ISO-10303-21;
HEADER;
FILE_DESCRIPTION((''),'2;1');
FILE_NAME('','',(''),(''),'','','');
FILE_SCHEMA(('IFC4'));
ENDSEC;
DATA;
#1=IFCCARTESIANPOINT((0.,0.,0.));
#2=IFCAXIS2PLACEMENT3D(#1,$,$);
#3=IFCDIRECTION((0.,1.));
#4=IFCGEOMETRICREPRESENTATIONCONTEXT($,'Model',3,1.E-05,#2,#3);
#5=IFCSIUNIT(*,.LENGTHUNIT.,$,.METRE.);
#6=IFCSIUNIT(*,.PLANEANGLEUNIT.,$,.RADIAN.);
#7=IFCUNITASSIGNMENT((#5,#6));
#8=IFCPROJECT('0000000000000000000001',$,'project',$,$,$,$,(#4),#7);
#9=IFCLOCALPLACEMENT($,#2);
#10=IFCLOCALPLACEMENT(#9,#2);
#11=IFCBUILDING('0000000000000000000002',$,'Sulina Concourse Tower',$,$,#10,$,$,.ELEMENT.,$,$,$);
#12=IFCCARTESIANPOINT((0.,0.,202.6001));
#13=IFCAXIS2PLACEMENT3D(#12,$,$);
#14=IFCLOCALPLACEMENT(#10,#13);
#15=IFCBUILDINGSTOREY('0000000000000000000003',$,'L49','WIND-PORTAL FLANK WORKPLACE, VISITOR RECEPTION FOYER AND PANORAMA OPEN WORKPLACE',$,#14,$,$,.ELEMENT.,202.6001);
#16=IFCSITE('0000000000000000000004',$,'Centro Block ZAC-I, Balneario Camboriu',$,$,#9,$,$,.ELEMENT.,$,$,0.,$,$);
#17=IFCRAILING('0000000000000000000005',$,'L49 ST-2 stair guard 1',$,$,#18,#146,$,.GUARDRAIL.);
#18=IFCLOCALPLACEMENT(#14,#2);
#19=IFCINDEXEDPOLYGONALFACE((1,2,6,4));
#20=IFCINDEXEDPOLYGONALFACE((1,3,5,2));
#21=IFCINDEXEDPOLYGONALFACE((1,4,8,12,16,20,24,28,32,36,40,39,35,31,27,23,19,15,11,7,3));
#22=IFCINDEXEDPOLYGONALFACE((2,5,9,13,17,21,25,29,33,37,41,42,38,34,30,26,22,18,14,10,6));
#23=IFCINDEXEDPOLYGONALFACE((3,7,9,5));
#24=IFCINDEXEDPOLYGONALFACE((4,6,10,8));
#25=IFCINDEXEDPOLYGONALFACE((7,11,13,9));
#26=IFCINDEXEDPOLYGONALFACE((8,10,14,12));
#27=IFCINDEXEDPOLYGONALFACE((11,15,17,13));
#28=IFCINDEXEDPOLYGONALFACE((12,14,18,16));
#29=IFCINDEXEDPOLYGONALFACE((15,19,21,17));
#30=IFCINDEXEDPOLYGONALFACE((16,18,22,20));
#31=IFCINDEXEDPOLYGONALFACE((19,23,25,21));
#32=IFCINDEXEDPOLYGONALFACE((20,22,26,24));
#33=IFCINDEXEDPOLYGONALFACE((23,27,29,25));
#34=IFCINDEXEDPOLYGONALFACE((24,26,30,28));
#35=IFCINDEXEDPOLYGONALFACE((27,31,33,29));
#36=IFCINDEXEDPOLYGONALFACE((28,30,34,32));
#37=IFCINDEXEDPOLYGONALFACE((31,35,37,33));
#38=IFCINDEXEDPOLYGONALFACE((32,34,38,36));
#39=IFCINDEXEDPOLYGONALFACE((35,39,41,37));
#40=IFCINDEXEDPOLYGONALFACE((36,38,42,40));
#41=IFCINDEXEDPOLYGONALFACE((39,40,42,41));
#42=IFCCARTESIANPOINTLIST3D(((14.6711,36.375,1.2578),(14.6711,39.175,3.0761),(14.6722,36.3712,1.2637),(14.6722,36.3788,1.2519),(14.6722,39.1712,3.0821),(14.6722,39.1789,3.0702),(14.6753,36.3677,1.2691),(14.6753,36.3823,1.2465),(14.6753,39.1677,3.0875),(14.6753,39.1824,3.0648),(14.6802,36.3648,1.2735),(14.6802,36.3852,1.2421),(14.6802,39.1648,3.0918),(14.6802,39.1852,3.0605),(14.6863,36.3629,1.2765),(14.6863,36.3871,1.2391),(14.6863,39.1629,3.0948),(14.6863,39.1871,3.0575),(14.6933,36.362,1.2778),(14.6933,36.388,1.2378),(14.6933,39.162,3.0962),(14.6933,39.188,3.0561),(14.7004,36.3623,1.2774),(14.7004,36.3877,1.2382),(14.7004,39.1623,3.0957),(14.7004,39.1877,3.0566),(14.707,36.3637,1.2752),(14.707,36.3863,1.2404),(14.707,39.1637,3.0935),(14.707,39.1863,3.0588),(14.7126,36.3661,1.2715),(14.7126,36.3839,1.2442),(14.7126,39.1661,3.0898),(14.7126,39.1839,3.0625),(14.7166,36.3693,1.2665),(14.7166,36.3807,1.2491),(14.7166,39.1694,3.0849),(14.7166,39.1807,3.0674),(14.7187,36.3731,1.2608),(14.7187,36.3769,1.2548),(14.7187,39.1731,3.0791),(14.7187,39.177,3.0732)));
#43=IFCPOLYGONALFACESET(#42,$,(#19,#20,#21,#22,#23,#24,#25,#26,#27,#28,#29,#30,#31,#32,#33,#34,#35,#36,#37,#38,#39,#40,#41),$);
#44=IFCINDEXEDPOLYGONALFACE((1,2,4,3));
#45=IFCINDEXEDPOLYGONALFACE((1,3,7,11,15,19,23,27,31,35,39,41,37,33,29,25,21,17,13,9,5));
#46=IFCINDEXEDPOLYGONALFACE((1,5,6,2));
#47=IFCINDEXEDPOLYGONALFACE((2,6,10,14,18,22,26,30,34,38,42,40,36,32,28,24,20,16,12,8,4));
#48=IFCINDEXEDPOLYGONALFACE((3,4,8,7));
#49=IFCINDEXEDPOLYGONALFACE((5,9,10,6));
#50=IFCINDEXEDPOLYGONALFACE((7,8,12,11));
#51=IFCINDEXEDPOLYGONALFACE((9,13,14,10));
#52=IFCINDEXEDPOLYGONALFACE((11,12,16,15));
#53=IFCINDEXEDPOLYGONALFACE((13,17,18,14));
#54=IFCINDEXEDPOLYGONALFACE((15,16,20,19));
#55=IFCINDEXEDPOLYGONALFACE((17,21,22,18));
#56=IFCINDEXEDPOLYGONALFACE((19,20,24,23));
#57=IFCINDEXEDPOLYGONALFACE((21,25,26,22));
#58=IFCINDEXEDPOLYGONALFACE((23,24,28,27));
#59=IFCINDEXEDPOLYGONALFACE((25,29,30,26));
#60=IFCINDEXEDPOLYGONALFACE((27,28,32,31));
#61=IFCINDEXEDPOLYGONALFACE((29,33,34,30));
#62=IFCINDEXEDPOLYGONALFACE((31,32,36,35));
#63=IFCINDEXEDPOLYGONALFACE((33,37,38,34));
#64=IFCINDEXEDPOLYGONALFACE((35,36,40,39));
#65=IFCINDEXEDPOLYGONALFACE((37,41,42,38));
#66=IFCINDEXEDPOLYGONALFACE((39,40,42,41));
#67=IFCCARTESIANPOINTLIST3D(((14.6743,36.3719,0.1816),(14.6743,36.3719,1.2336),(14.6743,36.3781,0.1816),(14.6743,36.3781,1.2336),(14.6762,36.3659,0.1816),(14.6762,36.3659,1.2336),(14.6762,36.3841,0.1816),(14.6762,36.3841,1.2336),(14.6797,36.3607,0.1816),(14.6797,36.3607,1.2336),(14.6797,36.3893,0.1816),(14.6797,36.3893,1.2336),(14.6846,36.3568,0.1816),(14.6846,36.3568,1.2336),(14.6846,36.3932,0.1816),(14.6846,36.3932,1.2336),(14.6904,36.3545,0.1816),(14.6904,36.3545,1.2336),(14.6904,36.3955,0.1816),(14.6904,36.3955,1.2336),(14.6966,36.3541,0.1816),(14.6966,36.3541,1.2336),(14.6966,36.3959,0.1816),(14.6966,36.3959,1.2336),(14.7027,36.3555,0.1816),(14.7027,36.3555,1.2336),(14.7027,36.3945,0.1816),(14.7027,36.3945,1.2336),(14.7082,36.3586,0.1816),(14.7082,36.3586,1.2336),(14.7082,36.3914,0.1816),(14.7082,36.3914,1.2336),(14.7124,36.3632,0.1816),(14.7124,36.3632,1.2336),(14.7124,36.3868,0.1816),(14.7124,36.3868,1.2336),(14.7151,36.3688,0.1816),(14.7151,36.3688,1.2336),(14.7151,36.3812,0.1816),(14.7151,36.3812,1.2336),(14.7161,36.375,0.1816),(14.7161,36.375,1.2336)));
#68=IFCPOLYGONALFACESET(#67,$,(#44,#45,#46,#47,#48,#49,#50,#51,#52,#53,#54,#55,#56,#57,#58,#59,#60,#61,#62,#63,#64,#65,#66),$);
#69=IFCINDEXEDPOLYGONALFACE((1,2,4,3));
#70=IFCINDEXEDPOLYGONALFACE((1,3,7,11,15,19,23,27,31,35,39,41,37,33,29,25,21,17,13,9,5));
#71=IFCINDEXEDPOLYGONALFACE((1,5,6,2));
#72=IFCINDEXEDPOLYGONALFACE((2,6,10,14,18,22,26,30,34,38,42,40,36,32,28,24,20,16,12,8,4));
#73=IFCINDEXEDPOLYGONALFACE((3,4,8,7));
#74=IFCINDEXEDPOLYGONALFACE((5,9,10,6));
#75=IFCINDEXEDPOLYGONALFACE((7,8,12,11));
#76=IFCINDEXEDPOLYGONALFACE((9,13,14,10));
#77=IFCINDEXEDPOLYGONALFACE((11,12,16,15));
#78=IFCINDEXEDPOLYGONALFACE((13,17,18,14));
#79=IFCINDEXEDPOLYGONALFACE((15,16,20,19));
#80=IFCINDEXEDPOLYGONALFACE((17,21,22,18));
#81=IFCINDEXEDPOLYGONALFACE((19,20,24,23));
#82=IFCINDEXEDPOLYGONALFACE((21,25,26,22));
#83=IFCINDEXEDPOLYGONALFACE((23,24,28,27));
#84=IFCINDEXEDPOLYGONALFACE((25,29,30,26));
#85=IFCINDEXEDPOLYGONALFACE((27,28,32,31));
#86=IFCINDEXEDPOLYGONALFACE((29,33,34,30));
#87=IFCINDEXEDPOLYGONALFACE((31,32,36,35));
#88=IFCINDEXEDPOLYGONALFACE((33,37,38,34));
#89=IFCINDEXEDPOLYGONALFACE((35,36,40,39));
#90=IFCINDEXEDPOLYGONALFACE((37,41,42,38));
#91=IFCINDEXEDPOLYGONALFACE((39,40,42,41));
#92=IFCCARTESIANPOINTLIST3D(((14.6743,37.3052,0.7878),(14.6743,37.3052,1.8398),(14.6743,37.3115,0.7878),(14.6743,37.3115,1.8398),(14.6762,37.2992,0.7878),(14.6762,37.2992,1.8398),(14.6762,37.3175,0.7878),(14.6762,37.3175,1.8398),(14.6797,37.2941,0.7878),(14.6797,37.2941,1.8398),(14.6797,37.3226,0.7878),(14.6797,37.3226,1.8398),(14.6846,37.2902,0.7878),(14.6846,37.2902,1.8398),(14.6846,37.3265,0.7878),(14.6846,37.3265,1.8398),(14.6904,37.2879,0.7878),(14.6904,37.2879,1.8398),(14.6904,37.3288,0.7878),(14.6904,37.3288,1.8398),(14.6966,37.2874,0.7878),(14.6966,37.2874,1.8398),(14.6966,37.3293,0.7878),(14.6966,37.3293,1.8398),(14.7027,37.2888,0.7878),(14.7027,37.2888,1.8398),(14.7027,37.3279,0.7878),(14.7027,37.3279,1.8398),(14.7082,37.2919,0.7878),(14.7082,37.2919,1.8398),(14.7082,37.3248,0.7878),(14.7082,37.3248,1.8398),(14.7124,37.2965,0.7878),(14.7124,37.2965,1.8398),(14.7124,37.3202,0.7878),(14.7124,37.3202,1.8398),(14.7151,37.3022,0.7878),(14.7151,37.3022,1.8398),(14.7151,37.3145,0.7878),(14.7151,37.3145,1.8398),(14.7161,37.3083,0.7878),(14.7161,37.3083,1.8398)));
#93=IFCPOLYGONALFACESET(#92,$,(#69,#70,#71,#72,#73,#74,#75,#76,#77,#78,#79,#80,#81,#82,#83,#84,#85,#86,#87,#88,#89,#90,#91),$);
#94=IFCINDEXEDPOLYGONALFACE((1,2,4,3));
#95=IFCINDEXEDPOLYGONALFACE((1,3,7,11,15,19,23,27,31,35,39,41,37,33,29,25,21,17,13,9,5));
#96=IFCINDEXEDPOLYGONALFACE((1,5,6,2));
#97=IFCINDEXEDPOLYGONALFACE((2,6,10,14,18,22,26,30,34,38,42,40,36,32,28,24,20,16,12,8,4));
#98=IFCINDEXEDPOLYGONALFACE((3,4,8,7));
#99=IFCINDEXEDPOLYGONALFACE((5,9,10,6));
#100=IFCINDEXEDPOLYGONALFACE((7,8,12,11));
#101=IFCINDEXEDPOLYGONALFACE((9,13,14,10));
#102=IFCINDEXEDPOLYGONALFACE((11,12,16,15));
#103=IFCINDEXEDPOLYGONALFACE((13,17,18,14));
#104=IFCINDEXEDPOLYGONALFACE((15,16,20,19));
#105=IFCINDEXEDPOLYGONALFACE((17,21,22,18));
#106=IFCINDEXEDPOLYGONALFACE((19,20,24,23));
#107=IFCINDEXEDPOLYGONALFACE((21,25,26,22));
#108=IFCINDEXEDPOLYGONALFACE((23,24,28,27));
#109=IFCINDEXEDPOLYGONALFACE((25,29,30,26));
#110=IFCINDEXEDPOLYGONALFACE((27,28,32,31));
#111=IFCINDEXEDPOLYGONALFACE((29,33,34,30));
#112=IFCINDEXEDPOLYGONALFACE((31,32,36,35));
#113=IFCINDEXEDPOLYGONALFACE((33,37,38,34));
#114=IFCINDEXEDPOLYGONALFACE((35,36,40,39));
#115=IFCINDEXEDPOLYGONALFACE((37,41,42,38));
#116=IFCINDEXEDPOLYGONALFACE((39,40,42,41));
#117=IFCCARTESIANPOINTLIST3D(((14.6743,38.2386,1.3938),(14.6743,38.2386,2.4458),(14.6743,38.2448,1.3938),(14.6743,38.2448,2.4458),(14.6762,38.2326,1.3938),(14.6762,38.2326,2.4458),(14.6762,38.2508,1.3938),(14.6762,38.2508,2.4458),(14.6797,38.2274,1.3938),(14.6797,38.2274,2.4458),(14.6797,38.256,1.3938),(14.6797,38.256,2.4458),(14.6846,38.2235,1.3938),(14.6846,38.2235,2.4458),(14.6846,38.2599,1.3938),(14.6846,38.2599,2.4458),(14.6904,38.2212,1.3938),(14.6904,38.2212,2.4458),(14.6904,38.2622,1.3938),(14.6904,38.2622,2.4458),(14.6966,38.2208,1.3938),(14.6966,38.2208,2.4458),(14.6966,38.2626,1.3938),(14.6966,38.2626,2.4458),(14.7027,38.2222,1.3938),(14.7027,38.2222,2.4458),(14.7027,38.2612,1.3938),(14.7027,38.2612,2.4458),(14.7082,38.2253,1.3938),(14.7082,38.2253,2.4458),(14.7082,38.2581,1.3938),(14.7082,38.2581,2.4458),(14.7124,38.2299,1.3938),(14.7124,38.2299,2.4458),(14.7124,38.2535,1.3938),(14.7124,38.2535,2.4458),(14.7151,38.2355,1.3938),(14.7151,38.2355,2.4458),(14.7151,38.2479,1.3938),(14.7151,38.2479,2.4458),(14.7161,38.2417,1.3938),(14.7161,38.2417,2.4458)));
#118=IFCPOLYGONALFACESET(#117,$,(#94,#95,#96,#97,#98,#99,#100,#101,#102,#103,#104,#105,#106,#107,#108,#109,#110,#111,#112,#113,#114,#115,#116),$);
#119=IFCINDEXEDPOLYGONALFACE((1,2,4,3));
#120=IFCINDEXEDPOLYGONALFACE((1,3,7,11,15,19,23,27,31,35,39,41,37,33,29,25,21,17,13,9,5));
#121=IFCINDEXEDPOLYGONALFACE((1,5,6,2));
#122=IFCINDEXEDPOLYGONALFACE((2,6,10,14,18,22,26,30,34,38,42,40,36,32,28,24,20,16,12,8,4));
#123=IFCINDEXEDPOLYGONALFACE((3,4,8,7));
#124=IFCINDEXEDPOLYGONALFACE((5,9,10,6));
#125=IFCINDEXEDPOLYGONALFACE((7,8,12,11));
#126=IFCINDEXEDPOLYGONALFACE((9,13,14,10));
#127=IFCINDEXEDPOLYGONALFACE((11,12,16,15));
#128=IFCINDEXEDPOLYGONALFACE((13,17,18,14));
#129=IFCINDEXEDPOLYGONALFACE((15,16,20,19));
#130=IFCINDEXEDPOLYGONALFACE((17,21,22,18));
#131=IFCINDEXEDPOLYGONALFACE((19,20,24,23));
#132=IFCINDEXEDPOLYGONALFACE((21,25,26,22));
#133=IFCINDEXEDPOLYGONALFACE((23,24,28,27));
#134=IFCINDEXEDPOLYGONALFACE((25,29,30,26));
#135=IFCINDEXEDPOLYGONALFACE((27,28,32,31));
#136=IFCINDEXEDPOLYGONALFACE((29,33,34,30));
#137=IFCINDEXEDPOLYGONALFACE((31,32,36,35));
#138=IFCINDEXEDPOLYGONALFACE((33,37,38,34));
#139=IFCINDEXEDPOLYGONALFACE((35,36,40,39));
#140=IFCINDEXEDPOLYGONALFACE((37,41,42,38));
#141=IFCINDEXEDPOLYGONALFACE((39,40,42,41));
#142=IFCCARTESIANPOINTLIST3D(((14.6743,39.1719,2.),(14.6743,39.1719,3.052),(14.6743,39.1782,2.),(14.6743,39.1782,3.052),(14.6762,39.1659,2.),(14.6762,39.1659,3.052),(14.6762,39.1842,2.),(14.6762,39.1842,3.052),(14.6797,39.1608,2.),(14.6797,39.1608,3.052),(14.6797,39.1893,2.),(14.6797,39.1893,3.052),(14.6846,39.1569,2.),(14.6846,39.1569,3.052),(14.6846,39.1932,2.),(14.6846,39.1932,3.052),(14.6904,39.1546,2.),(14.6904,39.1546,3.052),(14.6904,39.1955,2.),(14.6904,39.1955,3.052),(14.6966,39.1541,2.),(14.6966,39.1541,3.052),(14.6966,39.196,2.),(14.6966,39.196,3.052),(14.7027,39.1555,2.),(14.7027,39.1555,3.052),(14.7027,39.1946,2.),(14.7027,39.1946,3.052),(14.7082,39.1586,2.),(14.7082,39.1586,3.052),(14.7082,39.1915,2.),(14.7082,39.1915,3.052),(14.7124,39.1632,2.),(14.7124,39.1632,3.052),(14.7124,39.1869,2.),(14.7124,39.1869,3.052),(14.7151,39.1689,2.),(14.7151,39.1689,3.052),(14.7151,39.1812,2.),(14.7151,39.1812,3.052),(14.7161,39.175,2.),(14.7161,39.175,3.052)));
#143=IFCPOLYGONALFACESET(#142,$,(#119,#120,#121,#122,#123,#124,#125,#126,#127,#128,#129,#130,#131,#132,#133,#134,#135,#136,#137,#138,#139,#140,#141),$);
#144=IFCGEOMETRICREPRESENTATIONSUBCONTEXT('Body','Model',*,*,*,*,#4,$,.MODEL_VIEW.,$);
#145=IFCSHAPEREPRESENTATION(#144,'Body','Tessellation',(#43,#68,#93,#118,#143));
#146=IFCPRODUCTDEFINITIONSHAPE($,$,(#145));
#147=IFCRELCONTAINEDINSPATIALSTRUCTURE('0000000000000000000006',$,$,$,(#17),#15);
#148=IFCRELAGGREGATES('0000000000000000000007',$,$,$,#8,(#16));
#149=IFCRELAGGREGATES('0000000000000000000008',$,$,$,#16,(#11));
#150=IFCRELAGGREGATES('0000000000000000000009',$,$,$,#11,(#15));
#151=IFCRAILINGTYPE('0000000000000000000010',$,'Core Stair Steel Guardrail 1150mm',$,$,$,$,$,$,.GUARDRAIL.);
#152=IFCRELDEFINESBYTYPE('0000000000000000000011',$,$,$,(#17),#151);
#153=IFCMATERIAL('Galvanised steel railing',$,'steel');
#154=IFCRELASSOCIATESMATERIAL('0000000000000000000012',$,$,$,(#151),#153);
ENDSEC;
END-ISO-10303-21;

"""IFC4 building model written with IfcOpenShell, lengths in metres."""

from ifc_helpers import new_model, si_unit, direction, frame, origin, origin_2d, place, context, subcontext, project, spatial, circle, extrude, material, type_object, element, save


model = new_model("IFC4")

# Units and contexts
model_context = context("Model", 3, precision=1e-05, world=origin(), true_north=direction((0.0, 1.0)))
body_context = subcontext(model_context, "Body", "Model", "MODEL_VIEW")
ifc_project = project(units=[si_unit("LENGTHUNIT", "METRE"), si_unit("PLANEANGLEUNIT", "RADIAN")], contexts=[model_context])

# Site, building, storey
site_placement = place(None, origin())
site = spatial("IfcSite", under=ifc_project, at=site_placement, Name="Centro Block ZAC-I, Balneario Camboriu", CompositionType="ELEMENT", RefElevation=0.0)
building_placement = place(site_placement, origin())
building = spatial("IfcBuilding", under=site, at=building_placement, Name="Sulina Concourse Tower", CompositionType="ELEMENT")
storey_placement = place(building_placement, frame((0.0, 0.0, 202.6001)))
storey = spatial("IfcBuildingStorey", under=building, at=storey_placement, Name="L49", Description="WIND-PORTAL FLANK WORKPLACE, VISITOR RECEPTION FOYER AND PANORAMA OPEN WORKPLACE", CompositionType="ELEMENT", Elevation=202.6001)

# Railing
ifc_material_1 = material(Name="Galvanised steel railing", Category="steel")
railing_type_1 = type_object("IfcRailingType", Name="Core Stair Steel Guardrail 1150mm", PredefinedType="GUARDRAIL", material=ifc_material_1)
railing_1_placement = place(storey_placement, frame((14.6951, 36.375, 0.1816)))
element("IfcRailing", 1, at=railing_1_placement, inside=storey, type_object=railing_type_1, Name="L49 ST-2 stair guard 1", PredefinedType="GUARDRAIL", context=body_context, shape_type="SweptSolid", body=[
    extrude(circle(Radius=0.0239, at=origin_2d()), frame((0.0, 0.0, 1.0762), z_axis=(0.0, 0.838672, 0.544636), x_axis=(-1.0, 0.0, 0.0)), (0.0, 0.0, 1.0), 3.3386),
    extrude(circle(Radius=0.021, at=origin_2d()), origin(), (0.0, 0.0, 1.0), 1.052),
    extrude(circle(Radius=0.021, at=origin_2d()), frame((0.0, 0.9333, 0.6062)), (0.0, 0.0, 1.0), 1.052),
    extrude(circle(Radius=0.021, at=origin_2d()), frame((0.0, 1.8667, 1.2122)), (0.0, 0.0, 1.0), 1.052),
    extrude(circle(Radius=0.021, at=origin_2d()), frame((0.0, 2.8, 1.8184)), (0.0, 0.0, 1.0), 1.052),
])

save(model, "model.ifc")
